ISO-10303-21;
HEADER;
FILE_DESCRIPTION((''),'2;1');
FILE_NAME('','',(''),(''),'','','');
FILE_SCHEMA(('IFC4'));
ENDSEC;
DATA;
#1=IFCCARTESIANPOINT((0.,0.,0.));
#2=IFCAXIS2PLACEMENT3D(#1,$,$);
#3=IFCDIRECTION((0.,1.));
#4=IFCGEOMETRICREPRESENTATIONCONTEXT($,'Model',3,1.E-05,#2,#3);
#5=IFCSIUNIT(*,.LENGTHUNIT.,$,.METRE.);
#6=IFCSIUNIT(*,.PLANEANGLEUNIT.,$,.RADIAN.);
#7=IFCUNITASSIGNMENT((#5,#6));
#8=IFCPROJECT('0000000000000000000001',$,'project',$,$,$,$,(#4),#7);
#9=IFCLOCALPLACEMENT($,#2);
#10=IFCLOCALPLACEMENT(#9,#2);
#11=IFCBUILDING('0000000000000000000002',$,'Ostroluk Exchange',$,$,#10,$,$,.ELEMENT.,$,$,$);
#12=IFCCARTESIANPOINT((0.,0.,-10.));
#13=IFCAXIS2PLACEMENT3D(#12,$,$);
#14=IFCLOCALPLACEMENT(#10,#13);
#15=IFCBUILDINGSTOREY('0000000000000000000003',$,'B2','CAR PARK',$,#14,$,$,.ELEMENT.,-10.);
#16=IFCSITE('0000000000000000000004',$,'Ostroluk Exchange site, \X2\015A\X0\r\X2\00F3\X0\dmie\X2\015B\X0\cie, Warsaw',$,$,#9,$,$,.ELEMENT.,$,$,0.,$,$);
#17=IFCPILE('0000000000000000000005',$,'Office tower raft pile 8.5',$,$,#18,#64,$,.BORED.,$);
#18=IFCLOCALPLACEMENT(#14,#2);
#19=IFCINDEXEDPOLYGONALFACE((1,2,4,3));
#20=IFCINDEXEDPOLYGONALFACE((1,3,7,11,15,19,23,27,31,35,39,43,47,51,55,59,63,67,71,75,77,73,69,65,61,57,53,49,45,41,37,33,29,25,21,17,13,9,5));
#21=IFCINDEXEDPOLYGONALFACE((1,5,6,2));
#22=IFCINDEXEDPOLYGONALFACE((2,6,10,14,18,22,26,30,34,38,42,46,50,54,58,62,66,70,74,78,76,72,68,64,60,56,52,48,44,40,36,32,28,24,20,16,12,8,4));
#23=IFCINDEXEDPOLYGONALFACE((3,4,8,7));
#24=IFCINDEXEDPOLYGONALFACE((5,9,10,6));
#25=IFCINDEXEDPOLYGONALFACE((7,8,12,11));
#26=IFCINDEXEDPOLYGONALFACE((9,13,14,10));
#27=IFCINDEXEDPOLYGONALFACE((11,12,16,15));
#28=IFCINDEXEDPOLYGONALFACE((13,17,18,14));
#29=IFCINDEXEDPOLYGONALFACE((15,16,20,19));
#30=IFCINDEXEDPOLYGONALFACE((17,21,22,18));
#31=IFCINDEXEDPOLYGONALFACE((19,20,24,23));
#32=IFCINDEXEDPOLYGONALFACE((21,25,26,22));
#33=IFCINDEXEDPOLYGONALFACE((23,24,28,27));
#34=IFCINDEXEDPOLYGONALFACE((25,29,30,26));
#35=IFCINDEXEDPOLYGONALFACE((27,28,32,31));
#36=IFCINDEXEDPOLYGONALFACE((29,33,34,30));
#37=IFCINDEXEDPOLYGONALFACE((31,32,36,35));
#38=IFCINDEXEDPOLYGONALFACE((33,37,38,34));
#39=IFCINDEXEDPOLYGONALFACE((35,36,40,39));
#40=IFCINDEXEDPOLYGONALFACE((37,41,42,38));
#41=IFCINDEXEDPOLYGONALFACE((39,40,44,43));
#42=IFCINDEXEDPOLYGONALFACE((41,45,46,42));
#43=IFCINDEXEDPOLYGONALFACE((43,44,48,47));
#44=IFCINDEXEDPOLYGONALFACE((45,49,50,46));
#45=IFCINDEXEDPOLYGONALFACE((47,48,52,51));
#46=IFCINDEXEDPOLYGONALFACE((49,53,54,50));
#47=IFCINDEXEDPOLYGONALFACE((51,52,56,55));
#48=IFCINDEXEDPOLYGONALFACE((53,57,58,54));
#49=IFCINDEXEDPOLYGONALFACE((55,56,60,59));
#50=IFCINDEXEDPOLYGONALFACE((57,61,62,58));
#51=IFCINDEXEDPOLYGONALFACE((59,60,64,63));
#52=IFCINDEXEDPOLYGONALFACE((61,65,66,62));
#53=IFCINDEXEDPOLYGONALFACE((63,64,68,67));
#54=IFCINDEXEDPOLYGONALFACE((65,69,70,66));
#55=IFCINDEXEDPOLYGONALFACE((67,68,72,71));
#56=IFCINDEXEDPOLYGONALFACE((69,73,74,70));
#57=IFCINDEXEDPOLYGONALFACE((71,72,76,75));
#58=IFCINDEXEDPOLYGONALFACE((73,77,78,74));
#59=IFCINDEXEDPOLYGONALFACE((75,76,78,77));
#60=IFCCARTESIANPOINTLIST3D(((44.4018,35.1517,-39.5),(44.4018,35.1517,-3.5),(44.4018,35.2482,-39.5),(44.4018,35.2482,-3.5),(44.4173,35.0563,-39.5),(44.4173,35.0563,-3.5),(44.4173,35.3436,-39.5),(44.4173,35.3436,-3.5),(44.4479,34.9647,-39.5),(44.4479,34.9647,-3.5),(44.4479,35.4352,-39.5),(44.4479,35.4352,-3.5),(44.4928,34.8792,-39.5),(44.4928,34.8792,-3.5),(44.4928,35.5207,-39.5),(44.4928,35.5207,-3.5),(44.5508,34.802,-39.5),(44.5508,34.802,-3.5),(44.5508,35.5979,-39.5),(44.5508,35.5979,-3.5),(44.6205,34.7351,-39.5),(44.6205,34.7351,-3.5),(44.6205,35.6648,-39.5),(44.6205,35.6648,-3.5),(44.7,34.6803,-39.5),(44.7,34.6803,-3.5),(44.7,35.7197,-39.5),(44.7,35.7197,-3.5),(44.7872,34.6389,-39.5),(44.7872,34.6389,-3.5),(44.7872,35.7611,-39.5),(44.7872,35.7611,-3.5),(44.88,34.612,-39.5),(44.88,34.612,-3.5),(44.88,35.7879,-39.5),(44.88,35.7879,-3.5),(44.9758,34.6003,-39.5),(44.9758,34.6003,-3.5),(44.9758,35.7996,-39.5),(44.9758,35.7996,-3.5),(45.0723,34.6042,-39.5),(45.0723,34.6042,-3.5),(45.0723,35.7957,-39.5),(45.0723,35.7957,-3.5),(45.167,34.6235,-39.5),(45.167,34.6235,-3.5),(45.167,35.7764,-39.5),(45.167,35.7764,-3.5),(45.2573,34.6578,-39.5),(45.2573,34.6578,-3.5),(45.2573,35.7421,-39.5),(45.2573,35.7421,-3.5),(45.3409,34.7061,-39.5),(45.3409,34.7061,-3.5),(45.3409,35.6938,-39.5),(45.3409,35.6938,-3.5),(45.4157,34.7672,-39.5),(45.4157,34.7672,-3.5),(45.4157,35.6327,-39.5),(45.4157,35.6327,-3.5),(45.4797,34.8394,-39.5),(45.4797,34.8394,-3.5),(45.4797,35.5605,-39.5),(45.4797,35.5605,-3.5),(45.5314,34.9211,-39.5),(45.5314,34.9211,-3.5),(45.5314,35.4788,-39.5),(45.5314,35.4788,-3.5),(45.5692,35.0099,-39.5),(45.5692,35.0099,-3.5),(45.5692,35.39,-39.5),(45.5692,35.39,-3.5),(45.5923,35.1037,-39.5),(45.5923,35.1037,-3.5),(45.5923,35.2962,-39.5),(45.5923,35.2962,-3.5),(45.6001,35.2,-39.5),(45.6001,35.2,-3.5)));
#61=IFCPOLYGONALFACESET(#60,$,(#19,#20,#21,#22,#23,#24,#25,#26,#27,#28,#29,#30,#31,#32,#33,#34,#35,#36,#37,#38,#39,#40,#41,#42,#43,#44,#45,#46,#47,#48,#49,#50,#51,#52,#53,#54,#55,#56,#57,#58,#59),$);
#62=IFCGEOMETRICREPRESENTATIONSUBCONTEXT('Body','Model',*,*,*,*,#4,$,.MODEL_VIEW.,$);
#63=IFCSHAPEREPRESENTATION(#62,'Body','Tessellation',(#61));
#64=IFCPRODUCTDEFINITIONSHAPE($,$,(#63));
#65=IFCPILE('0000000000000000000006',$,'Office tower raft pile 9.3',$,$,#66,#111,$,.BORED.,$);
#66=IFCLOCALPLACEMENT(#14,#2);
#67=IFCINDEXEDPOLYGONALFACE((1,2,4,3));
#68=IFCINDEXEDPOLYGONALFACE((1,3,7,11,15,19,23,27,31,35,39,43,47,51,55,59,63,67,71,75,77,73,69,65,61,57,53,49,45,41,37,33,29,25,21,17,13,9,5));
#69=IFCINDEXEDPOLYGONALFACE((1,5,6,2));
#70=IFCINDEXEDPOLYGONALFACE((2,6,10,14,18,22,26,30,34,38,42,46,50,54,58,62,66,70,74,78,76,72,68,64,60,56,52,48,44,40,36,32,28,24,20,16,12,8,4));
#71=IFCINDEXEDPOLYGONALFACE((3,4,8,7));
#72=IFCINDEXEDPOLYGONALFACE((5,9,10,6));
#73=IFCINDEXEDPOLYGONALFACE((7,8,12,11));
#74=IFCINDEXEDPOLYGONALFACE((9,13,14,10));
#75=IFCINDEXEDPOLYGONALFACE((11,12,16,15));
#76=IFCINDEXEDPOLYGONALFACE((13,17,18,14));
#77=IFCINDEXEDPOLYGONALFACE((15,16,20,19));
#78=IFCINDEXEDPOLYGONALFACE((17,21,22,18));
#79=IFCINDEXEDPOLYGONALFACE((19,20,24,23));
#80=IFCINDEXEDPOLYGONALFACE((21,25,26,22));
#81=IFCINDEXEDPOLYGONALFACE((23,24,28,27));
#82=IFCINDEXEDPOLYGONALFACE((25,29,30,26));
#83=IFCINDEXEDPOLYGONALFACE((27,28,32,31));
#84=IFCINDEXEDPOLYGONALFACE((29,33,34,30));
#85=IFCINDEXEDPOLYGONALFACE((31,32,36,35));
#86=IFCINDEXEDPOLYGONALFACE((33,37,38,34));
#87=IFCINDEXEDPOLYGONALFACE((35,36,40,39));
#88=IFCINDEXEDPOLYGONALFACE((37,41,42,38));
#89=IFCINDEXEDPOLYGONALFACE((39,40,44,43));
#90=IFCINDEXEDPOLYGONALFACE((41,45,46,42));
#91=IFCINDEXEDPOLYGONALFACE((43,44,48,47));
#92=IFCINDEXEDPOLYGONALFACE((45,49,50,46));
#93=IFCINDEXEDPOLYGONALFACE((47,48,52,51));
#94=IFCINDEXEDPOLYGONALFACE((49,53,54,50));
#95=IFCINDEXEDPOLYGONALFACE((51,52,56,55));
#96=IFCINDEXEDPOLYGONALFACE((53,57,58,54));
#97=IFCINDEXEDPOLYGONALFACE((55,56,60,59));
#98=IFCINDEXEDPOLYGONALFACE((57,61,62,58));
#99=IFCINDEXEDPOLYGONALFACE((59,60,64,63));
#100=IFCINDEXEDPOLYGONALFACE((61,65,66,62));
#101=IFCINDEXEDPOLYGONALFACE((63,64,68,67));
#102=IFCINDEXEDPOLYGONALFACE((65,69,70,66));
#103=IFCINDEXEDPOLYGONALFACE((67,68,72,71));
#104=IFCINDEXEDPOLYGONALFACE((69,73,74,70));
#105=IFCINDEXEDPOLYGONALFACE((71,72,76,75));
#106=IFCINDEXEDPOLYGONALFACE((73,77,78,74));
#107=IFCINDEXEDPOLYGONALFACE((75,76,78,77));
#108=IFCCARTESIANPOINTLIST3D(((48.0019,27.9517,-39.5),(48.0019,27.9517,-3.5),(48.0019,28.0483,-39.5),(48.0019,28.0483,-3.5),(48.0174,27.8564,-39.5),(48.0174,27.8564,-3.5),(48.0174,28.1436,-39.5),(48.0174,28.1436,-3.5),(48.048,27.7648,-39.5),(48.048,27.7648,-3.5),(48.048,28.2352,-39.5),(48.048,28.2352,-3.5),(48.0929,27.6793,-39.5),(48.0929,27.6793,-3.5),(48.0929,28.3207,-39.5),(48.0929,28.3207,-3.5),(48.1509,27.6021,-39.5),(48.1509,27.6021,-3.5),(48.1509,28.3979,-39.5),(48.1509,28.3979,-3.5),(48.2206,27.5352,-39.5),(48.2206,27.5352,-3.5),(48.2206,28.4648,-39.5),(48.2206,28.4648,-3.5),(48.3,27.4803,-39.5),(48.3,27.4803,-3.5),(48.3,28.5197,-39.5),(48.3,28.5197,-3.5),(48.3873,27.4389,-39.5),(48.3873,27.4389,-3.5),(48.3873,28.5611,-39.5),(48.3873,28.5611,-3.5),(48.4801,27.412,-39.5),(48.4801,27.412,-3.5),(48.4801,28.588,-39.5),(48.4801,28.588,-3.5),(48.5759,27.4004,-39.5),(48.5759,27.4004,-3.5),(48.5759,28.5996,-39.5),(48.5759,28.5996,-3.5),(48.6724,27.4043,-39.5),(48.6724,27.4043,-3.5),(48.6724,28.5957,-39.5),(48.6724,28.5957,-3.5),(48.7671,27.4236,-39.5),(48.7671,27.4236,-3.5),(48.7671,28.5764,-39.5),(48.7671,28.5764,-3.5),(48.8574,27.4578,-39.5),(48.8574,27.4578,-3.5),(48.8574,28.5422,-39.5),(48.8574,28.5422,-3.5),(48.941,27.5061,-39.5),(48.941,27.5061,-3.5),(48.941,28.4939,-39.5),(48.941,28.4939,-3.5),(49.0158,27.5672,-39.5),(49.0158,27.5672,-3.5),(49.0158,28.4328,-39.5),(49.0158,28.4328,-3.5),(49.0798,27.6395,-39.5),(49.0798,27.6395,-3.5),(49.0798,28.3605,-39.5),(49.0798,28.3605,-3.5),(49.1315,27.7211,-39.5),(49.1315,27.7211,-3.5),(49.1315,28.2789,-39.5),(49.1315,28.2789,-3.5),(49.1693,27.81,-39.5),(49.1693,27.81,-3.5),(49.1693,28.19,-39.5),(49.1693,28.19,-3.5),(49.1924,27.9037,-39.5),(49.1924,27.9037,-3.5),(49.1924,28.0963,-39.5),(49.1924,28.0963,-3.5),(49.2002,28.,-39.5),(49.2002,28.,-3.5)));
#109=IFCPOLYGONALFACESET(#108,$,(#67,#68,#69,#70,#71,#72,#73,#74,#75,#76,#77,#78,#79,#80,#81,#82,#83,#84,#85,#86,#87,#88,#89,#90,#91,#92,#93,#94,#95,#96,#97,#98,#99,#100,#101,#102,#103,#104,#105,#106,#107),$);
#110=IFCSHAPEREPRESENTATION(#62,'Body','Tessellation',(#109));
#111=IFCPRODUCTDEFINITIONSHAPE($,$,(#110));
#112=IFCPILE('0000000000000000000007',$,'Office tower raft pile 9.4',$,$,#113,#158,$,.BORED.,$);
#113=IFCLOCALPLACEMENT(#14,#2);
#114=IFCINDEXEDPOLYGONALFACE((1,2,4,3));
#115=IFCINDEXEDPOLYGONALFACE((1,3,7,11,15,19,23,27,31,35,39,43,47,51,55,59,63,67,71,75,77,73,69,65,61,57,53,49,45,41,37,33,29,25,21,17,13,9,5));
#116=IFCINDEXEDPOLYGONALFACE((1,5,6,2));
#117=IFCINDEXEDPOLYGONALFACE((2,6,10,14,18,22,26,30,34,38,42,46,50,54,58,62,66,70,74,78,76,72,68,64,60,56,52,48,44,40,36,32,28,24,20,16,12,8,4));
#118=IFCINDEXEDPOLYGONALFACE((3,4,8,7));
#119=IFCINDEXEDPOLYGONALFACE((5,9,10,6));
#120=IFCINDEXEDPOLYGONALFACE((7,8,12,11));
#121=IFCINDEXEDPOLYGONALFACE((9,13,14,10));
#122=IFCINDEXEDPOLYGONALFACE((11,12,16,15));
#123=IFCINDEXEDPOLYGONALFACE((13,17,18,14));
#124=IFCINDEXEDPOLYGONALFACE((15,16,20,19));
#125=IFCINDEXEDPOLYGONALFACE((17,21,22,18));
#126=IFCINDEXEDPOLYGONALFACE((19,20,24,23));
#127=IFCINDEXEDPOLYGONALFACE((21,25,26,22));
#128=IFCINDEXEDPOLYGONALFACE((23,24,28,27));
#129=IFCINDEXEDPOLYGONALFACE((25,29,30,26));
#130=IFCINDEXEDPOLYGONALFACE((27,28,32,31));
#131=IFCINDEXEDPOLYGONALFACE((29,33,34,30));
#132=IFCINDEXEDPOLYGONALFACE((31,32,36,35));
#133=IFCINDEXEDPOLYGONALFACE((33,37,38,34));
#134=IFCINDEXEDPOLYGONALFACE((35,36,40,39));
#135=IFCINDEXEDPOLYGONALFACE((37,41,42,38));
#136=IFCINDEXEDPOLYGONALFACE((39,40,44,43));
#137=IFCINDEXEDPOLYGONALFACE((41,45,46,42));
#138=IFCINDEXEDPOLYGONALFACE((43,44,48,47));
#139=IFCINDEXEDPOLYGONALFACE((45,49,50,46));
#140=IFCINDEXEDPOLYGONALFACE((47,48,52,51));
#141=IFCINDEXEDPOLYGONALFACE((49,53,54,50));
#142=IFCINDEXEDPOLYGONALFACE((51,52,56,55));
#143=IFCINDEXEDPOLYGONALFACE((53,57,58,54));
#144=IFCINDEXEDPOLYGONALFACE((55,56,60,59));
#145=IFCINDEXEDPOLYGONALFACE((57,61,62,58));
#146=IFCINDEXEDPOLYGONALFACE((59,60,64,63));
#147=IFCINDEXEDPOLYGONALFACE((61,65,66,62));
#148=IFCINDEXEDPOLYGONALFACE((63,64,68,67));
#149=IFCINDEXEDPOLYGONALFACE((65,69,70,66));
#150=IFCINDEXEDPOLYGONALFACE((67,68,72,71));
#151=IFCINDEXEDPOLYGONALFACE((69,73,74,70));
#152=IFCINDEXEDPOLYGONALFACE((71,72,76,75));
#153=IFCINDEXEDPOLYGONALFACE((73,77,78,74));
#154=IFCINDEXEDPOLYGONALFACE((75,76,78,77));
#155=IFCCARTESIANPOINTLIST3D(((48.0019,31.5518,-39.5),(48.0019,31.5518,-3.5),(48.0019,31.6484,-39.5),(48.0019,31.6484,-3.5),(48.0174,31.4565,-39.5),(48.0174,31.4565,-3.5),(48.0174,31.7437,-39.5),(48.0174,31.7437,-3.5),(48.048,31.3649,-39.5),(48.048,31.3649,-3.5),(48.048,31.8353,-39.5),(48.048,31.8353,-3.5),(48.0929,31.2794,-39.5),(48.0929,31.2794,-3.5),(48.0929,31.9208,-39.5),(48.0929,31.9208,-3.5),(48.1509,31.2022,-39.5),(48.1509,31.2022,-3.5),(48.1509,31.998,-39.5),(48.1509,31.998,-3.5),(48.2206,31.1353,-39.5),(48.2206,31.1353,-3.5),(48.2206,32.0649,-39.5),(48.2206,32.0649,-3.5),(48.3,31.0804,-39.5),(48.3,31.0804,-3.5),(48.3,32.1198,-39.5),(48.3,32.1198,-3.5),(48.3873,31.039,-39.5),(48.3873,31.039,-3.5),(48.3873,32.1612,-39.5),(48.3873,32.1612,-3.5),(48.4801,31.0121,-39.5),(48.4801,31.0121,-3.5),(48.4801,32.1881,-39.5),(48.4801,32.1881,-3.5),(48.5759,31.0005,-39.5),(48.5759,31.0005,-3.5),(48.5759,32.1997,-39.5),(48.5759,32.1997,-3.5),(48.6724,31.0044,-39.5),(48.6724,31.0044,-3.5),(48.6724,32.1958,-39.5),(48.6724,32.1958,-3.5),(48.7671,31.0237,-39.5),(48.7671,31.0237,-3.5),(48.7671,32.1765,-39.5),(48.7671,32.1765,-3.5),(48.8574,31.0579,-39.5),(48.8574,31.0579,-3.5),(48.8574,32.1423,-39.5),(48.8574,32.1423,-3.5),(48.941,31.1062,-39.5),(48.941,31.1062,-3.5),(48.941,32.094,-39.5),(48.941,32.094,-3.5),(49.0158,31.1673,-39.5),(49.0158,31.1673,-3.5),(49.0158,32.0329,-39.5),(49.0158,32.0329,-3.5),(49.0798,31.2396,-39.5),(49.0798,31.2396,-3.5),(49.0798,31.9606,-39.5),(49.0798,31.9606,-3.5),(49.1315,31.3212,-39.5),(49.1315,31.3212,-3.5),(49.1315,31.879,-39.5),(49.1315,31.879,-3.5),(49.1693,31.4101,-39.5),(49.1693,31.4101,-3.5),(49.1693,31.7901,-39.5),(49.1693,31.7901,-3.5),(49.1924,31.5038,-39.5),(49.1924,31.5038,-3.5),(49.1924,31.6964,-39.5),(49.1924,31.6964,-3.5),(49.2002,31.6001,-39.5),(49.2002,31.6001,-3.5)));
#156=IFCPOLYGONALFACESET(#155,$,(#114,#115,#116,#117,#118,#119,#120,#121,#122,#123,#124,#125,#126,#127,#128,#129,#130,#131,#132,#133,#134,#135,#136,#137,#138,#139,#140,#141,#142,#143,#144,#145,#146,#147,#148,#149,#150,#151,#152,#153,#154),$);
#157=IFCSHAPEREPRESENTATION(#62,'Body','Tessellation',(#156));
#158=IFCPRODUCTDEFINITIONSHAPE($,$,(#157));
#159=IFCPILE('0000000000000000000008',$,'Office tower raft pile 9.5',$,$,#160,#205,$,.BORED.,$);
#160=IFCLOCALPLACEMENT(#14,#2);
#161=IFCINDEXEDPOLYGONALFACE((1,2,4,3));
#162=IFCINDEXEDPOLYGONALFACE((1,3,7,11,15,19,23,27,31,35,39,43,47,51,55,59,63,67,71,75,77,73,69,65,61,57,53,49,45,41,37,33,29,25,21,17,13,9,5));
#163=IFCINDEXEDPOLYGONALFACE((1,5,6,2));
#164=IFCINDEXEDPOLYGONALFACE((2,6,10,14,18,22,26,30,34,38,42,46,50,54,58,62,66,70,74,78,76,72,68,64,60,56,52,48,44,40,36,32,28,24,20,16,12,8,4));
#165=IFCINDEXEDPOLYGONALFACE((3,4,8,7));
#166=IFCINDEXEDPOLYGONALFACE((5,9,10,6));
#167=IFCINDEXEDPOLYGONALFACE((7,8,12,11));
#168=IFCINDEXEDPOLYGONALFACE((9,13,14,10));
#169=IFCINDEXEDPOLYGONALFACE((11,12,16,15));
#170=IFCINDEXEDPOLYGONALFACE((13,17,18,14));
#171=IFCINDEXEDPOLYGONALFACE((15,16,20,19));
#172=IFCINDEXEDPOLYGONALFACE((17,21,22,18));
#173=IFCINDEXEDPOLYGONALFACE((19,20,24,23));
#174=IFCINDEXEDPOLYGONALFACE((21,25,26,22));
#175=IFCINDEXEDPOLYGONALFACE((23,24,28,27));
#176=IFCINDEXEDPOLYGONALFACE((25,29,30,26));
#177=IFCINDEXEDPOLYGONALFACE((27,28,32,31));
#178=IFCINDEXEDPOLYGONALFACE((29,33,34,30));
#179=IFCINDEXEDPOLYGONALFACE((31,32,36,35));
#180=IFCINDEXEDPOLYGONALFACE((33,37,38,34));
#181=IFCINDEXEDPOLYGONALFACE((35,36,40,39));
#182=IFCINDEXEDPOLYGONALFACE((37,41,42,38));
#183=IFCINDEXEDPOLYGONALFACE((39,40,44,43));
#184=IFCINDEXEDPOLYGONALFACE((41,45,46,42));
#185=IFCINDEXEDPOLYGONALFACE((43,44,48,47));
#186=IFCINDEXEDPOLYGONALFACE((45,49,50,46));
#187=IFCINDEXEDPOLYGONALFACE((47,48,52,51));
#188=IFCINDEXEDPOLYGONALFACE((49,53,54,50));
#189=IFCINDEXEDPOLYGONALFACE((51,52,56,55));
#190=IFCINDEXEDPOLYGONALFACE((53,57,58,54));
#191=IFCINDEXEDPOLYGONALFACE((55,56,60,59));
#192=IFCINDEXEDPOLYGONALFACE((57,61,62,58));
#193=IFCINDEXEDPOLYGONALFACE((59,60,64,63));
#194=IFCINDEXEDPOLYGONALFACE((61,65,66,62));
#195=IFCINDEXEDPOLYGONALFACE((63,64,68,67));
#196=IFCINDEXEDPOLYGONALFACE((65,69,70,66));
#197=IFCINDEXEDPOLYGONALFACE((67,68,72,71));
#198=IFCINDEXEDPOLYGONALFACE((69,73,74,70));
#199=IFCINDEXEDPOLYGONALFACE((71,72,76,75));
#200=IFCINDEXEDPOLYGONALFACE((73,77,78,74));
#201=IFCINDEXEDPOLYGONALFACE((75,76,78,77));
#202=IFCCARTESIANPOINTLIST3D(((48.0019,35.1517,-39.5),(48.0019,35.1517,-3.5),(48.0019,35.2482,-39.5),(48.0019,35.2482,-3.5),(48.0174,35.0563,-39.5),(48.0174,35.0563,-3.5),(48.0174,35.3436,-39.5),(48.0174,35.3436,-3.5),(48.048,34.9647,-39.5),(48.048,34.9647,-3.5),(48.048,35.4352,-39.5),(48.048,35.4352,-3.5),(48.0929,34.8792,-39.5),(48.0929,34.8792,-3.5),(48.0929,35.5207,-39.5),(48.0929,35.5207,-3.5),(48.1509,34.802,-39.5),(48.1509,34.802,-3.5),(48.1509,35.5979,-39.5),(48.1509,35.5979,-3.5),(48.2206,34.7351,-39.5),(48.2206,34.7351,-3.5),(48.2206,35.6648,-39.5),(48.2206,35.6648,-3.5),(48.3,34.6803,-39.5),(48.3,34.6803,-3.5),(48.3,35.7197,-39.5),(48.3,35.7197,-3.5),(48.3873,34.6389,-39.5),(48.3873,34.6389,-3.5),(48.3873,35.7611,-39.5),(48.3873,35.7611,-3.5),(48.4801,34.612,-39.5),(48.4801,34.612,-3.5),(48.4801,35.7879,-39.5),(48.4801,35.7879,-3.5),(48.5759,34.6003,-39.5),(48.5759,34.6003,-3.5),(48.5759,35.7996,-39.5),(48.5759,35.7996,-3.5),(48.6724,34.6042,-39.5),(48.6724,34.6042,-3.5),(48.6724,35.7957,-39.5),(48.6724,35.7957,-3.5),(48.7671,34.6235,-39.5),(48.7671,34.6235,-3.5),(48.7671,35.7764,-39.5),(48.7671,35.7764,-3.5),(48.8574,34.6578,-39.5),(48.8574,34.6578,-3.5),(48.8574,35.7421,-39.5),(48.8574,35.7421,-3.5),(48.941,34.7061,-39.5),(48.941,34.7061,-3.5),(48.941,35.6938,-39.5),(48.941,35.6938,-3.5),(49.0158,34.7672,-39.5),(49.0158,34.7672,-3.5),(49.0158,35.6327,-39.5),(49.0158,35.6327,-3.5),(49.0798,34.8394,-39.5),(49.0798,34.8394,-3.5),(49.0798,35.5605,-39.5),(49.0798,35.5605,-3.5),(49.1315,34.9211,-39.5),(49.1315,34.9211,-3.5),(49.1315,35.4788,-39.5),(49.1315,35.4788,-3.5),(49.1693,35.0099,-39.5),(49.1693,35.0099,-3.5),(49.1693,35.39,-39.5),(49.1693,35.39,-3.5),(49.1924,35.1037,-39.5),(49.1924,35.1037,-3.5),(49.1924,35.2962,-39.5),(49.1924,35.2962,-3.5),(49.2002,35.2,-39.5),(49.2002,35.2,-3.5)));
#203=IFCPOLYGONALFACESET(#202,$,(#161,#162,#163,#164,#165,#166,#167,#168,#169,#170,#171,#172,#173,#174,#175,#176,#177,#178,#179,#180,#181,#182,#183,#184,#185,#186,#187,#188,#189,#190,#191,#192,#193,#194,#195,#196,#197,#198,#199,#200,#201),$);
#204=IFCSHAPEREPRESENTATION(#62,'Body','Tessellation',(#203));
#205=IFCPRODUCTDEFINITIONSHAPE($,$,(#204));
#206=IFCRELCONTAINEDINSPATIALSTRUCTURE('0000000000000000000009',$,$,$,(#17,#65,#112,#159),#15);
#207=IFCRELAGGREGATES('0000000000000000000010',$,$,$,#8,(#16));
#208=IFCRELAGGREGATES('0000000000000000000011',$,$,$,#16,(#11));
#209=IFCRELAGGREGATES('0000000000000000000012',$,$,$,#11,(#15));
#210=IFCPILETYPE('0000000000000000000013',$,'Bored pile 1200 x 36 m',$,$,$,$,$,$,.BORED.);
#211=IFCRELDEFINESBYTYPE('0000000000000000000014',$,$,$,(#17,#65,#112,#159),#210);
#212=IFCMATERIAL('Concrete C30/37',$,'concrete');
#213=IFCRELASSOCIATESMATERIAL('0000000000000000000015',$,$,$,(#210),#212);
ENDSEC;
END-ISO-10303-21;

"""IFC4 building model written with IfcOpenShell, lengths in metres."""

from ifc_helpers import new_model, si_unit, direction, frame, origin, origin_2d, place, context, subcontext, project, spatial, circle, extrude, material, type_object, element, save


model = new_model("IFC4")

# Units and contexts
model_context = context("Model", 3, precision=1e-05, world=origin(), true_north=direction((0.0, 1.0)))
body_context = subcontext(model_context, "Body", "Model", "MODEL_VIEW")
ifc_project = project(units=[si_unit("LENGTHUNIT", "METRE"), si_unit("PLANEANGLEUNIT", "RADIAN")], contexts=[model_context])

# Site, building, storey
site_placement = place(None, origin())
site = spatial("IfcSite", under=ifc_project, at=site_placement, Name="Ostroluk Exchange site, Śródmieście, Warsaw", CompositionType="ELEMENT", RefElevation=0.0)
building_placement = place(site_placement, origin())
building = spatial("IfcBuilding", under=site, at=building_placement, Name="Ostroluk Exchange", CompositionType="ELEMENT")
storey_placement = place(building_placement, frame((0.0, 0.0, -10.0)))
storey = spatial("IfcBuildingStorey", under=building, at=storey_placement, Name="B2", Description="CAR PARK", CompositionType="ELEMENT", Elevation=-10.0)

# Piles
ifc_material_1 = material(Name="Concrete C30/37", Category="concrete")
pile_type = type_object("IfcPileType", Name="Bored pile 1200 x 36 m", PredefinedType="BORED", material=ifc_material_1)
for number, where, z_axis, x_axis, name in (
    (1, (45.0, 35.2, -3.5), (0.0, 0.0, -1.0), (1.0, 0.0, 0.0), "Office tower raft pile 8.5"),
    (2, (48.6001, 28.0, -3.5), (0.0, 0.0, -1.0), (1.0, 0.0, 0.0), "Office tower raft pile 9.3"),
    (3, (48.6001, 31.6001, -3.5), (0.0, 0.0, -1.0), (1.0, 0.0, 0.0), "Office tower raft pile 9.4"),
    (4, (48.6001, 35.2, -3.5), (0.0, 0.0, -1.0), (1.0, 0.0, 0.0), "Office tower raft pile 9.5"),
):
    element("IfcPile", number, at=place(storey_placement, frame(where, z_axis=z_axis, x_axis=x_axis)), inside=storey, type_object=pile_type, Name=name, PredefinedType="BORED", context=body_context, shape_type="SweptSolid", body=[
        extrude(circle(Radius=0.6001, at=origin_2d()), origin(), (0.0, 0.0, 1.0), 36.0),
    ])

save(model, "model.ifc")
